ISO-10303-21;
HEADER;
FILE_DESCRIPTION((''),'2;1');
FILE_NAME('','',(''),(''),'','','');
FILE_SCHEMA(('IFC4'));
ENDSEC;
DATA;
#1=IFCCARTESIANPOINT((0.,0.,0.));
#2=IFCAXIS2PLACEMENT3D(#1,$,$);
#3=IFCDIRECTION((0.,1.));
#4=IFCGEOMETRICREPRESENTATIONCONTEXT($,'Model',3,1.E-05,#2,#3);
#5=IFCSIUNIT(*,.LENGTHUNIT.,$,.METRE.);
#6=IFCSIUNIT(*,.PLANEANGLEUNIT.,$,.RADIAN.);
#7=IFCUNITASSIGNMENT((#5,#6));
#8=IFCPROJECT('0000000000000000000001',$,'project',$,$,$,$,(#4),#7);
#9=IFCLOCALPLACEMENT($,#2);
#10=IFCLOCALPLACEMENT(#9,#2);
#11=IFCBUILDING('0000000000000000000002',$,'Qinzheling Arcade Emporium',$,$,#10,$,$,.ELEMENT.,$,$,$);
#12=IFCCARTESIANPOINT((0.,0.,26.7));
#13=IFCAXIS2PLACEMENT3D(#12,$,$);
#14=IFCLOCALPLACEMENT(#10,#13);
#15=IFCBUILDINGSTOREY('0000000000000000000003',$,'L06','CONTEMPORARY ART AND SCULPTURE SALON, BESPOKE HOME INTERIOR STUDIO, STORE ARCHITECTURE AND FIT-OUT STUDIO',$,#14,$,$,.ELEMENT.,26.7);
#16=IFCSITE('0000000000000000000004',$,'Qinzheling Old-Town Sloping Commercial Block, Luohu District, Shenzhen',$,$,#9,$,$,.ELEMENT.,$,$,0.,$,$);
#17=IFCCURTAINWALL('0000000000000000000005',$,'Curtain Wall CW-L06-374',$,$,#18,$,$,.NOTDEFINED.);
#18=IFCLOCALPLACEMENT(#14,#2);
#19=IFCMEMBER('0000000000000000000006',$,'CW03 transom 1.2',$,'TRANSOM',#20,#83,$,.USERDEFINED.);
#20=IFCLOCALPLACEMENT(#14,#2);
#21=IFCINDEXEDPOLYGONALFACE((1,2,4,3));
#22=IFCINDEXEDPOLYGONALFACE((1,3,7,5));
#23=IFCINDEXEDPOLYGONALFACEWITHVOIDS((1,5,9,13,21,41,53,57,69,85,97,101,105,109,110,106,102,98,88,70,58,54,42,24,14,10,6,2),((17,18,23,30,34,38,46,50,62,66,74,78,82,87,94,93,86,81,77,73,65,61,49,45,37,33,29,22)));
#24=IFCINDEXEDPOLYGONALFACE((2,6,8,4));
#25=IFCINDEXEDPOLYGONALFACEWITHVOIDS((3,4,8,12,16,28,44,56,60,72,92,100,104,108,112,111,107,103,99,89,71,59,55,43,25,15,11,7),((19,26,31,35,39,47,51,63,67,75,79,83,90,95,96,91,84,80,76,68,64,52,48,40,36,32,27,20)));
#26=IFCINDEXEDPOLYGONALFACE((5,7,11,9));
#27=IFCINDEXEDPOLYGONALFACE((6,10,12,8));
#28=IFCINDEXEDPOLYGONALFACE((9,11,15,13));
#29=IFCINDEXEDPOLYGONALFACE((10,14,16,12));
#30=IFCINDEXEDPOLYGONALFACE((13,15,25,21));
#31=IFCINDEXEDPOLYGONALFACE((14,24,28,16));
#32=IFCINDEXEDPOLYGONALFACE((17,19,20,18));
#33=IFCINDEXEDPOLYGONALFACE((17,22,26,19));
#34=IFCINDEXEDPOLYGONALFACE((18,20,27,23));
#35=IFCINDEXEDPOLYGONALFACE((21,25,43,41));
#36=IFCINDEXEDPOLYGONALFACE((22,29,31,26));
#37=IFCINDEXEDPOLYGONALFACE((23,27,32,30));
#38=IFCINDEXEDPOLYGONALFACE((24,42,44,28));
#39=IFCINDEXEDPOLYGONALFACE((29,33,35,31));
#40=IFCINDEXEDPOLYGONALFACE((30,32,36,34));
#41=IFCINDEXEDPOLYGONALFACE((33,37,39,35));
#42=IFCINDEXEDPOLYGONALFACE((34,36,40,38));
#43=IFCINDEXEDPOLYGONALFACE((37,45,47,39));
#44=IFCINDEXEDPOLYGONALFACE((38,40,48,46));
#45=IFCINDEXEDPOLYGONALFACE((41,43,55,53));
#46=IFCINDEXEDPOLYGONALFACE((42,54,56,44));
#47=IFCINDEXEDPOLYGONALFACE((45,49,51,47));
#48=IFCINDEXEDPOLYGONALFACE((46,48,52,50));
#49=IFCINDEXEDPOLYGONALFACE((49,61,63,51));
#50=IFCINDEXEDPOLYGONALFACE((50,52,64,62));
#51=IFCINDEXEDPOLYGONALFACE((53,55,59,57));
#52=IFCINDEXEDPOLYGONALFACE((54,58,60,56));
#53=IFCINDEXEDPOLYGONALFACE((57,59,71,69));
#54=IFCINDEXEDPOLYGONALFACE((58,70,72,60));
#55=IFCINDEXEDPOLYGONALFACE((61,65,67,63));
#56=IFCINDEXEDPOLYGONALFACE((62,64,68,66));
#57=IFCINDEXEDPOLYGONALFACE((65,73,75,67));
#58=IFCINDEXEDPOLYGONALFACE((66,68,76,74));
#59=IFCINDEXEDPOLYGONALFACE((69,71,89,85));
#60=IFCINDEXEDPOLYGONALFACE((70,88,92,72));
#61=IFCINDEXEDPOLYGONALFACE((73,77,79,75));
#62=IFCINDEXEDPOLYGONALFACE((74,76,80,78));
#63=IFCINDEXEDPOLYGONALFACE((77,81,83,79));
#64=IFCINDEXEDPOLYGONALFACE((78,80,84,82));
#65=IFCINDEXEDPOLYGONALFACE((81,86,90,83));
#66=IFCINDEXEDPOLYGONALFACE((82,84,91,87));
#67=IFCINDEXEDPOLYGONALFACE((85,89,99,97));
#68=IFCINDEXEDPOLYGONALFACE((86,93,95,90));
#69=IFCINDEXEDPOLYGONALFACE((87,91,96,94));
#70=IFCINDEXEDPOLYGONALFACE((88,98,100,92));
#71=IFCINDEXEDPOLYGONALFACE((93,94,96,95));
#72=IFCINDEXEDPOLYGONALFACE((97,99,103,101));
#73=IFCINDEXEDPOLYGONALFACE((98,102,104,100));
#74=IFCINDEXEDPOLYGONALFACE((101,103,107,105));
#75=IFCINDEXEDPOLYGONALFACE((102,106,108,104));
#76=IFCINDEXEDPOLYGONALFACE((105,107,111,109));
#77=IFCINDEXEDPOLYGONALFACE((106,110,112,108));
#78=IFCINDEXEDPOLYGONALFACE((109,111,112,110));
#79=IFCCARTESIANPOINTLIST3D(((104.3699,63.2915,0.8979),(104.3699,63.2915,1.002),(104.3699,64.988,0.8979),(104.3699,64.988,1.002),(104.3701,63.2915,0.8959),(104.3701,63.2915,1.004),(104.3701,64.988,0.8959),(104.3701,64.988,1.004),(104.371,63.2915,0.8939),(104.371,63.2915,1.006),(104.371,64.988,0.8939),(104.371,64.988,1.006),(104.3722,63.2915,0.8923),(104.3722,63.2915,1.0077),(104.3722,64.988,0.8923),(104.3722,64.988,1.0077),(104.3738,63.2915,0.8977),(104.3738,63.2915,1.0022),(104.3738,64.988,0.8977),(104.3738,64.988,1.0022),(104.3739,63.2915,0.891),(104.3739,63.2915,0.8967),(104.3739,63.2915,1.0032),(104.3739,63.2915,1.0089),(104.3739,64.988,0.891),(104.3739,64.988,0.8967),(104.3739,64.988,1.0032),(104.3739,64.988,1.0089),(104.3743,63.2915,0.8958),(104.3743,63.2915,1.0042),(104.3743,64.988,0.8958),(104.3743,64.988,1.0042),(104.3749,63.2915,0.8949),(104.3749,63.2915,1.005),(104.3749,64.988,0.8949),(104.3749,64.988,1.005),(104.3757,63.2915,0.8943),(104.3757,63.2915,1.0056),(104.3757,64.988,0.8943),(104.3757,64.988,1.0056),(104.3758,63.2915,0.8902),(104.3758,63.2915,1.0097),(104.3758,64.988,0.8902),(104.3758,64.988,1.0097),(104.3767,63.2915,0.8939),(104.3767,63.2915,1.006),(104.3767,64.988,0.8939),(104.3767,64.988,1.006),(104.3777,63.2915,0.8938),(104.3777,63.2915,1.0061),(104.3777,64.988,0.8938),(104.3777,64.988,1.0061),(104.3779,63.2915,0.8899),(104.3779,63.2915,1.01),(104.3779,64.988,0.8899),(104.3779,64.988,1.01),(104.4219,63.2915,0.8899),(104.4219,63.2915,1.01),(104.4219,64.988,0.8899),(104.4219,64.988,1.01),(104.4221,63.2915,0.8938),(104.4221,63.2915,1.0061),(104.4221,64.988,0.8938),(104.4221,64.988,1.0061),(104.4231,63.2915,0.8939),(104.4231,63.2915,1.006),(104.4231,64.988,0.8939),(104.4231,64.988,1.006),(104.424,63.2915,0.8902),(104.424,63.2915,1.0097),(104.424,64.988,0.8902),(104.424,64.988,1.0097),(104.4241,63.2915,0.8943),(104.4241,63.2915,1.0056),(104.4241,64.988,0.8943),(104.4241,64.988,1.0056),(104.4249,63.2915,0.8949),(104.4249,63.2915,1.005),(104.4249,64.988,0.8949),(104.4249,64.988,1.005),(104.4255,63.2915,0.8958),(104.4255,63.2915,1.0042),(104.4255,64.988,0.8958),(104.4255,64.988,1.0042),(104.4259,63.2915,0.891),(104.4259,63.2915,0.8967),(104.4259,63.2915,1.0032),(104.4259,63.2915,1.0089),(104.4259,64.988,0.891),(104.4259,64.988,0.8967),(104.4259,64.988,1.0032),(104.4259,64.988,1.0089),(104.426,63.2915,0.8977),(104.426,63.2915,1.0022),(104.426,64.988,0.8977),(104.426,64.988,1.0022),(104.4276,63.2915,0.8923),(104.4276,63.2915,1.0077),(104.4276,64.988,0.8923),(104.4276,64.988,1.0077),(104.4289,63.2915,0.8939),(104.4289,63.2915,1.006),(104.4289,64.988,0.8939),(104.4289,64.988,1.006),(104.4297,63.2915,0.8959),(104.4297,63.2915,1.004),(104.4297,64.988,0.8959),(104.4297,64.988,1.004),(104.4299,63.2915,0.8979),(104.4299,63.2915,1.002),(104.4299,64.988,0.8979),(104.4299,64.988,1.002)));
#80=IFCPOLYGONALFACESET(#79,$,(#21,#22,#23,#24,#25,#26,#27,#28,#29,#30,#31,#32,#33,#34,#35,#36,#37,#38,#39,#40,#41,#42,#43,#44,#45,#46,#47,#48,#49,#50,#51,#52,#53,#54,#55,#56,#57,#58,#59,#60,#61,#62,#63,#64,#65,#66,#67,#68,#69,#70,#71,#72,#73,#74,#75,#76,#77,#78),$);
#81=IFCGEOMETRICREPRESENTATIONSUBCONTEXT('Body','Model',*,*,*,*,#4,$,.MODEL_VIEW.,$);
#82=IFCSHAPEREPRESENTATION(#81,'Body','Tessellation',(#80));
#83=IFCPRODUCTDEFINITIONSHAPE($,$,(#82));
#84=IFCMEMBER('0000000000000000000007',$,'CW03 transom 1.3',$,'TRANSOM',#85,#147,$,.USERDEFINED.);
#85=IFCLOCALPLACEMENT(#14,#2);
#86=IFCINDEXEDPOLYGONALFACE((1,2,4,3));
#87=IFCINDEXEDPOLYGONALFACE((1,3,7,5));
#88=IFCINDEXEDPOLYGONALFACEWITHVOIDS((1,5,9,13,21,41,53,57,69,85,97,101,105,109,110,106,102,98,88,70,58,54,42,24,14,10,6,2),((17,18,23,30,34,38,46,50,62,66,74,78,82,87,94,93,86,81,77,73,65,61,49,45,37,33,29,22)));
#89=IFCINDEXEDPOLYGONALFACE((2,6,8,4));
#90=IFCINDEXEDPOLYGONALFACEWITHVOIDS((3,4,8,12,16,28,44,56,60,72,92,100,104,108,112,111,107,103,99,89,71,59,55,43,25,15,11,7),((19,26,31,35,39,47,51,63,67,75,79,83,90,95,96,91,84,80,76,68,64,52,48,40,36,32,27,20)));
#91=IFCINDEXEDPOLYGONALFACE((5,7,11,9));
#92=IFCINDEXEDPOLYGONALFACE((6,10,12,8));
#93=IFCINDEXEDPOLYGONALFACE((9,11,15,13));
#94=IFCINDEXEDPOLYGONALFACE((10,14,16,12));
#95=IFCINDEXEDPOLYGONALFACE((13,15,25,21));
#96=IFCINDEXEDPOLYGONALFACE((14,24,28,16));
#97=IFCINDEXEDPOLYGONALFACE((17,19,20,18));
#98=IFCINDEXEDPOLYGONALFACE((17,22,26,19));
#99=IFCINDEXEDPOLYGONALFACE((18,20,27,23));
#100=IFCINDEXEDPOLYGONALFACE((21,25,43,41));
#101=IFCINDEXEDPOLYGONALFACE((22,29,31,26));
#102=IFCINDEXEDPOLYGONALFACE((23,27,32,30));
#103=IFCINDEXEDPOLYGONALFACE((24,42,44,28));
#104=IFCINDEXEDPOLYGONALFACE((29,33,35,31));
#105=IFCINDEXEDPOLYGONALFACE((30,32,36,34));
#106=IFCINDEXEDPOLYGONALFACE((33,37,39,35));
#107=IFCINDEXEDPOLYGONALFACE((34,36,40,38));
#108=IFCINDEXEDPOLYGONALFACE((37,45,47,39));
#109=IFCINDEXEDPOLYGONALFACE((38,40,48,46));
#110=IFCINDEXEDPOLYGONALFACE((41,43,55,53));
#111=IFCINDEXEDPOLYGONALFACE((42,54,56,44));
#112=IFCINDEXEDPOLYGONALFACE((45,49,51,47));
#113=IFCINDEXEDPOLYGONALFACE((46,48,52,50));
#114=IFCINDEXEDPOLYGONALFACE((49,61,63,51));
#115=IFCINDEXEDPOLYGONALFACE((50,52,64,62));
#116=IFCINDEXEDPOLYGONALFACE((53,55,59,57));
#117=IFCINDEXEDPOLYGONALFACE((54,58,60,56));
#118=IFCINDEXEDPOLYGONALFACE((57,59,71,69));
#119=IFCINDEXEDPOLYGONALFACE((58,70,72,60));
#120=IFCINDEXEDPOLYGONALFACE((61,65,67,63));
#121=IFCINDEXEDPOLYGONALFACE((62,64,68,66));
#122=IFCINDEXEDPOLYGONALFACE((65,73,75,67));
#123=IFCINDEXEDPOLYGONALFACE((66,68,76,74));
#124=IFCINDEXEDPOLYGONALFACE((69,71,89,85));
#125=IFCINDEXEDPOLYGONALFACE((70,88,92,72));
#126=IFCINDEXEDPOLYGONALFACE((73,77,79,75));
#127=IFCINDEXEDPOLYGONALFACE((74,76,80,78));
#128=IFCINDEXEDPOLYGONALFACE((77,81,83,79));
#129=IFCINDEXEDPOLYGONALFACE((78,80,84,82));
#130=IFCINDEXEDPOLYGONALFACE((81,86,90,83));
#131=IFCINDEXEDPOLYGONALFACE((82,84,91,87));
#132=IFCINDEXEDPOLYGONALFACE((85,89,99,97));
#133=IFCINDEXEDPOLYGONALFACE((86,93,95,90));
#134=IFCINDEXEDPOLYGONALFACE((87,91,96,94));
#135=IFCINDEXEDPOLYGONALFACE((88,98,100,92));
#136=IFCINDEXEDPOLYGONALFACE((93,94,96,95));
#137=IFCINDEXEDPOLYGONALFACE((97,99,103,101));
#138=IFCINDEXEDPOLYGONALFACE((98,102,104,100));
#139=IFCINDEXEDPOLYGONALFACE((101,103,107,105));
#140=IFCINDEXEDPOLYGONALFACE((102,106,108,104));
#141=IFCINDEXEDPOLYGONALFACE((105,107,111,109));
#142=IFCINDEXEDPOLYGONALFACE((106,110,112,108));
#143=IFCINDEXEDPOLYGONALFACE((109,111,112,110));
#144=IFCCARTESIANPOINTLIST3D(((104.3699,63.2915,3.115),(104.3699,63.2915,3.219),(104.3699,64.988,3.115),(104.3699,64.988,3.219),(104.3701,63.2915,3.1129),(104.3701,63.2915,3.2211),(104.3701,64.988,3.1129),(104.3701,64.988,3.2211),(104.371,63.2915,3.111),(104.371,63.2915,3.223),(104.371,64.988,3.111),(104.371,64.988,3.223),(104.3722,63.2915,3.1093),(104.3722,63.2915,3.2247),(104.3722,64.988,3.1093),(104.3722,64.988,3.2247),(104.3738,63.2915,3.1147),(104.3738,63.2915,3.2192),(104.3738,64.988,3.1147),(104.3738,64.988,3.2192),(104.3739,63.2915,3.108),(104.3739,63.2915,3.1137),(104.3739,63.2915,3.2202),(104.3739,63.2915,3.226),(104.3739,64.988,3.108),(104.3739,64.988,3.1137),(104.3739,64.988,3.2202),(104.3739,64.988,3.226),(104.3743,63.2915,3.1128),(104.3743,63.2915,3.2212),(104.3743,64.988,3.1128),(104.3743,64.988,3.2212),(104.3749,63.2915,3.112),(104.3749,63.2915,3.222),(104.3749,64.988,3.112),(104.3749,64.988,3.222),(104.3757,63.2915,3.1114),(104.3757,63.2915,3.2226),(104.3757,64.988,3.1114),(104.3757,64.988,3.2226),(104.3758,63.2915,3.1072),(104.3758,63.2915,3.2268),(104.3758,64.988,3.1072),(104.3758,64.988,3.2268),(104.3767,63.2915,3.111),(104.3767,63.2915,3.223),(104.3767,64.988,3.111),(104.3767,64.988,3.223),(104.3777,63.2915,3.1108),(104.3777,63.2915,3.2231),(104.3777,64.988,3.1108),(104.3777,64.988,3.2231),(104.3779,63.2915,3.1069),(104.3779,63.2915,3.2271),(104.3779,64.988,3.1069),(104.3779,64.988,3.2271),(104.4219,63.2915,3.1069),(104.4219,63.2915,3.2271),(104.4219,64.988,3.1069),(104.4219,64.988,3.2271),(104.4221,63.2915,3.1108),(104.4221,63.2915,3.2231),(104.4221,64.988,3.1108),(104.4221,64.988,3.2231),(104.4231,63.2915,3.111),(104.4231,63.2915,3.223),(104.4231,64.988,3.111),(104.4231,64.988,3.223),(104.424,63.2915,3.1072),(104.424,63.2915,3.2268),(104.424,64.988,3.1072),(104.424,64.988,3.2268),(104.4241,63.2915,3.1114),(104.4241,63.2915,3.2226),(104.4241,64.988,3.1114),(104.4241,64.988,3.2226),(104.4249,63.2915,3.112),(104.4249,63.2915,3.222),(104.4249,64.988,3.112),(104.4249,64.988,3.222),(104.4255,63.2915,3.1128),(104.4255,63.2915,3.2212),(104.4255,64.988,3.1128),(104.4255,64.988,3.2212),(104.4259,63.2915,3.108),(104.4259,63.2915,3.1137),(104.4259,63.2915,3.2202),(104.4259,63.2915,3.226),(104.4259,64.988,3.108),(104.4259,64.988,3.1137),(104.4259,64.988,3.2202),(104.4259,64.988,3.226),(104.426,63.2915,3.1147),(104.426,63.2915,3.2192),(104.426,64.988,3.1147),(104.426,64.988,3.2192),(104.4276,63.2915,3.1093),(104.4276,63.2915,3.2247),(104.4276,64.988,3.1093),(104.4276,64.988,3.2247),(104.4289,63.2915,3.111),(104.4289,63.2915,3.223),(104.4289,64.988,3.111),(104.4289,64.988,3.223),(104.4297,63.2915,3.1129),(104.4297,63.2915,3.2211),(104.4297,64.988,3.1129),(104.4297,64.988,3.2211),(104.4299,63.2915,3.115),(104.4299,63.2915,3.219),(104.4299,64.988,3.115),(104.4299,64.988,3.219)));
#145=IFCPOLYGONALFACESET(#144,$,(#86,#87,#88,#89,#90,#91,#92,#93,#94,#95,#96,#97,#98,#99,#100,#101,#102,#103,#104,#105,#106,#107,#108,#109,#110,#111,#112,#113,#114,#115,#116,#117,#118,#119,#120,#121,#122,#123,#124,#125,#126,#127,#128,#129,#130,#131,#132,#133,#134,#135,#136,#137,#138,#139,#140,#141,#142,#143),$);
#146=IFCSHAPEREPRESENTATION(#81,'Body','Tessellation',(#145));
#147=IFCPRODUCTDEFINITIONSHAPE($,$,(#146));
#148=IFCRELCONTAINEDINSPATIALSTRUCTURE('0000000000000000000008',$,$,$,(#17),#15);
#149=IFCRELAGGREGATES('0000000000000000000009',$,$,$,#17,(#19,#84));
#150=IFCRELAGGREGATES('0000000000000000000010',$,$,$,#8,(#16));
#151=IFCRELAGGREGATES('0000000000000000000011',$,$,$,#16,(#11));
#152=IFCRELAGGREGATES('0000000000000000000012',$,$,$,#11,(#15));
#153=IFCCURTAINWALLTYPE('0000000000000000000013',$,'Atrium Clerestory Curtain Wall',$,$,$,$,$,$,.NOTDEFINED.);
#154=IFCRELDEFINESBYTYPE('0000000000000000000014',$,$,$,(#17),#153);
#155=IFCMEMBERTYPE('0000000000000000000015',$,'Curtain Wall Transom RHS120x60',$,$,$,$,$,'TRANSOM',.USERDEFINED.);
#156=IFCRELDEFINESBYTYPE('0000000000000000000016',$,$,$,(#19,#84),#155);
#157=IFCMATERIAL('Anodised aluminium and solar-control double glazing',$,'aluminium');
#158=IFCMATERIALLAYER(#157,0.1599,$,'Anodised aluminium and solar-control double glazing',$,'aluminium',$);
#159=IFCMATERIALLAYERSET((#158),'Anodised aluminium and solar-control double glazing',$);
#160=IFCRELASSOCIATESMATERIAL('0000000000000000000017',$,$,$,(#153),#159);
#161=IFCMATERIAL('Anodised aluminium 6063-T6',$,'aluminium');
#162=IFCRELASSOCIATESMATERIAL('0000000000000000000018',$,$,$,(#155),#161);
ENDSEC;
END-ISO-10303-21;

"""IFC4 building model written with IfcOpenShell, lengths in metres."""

from ifc_helpers import new_model, si_unit, direction, frame, origin, origin_2d, place, context, subcontext, project, spatial, hollow_rectangle, extrude, material, layer, layer_set, material_profile, profile_set, type_object, element, aggregate, save


model = new_model("IFC4")

# Units and contexts
model_context = context("Model", 3, precision=1e-05, world=origin(), true_north=direction((0.0, 1.0)))
body_context = subcontext(model_context, "Body", "Model", "MODEL_VIEW")
ifc_project = project(units=[si_unit("LENGTHUNIT", "METRE"), si_unit("PLANEANGLEUNIT", "RADIAN")], contexts=[model_context])

# Site, building, storey
site_placement = place(None, origin())
site = spatial("IfcSite", under=ifc_project, at=site_placement, Name="Qinzheling Old-Town Sloping Commercial Block, Luohu District, Shenzhen", CompositionType="ELEMENT", RefElevation=0.0)
building_placement = place(site_placement, origin())
building = spatial("IfcBuilding", under=site, at=building_placement, Name="Qinzheling Arcade Emporium", CompositionType="ELEMENT")
storey_placement = place(building_placement, frame((0.0, 0.0, 26.7)))
storey = spatial("IfcBuildingStorey", under=building, at=storey_placement, Name="L06", Description="CONTEMPORARY ART AND SCULPTURE SALON, BESPOKE HOME INTERIOR STUDIO, STORE ARCHITECTURE AND FIT-OUT STUDIO", CompositionType="ELEMENT", Elevation=26.7)

# Shared definitions
ifc_material_1 = material(Name="Anodised aluminium and solar-control double glazing", Category="aluminium")
ifc_layer_1 = layer(ifc_material_1, 0.1599, Name="Anodised aluminium and solar-control double glazing", Category="aluminium")
ifc_layer_set_1 = layer_set([ifc_layer_1], Name="Anodised aluminium and solar-control double glazing")
curtain_wall_type = type_object("IfcCurtainWallType", Name="Atrium Clerestory Curtain Wall", PredefinedType="NOTDEFINED", material=ifc_layer_set_1)
ifc_material_2 = material(Name="Anodised aluminium 6063-T6", Category="aluminium")

# Curtain wall
curtain_wall_1_placement = place(storey_placement, origin())
curtain_wall_1 = element("IfcCurtainWall", 1, at=curtain_wall_1_placement, inside=storey, type_object=curtain_wall_type, Name="Curtain Wall CW-L06-374", PredefinedType="NOTDEFINED")

# Members
ifc_material_profile_1 = material_profile(ifc_material_2, hollow_rectangle(XDim=0.0601, YDim=0.1201, WallThickness=0.0039, InnerFilletRadius=0.0039, OuterFilletRadius=0.0081, at=origin_2d()), Name="RHS 120x60x4", Category="aluminium")
ifc_profile_set_1 = profile_set([ifc_material_profile_1], Name="Anodised aluminium 6063-T6")
member_type_1 = type_object("IfcMemberType", Name="Curtain Wall Transom RHS120x60", ElementType="TRANSOM", PredefinedType="USERDEFINED", material=ifc_profile_set_1)
member_1_placement = place(storey_placement, frame((104.3999, 64.988, 0.95), z_axis=(0.0, -1.0, 0.0), x_axis=(1.0, 0.0, 0.0)))
member_1 = element("IfcMember", 2, at=member_1_placement, type_object=member_type_1, Name="CW03 transom 1.2", ObjectType="TRANSOM", PredefinedType="USERDEFINED", context=body_context, shape_type="SweptSolid", body=[
    extrude(hollow_rectangle(XDim=0.0601, YDim=0.1201, WallThickness=0.0039, InnerFilletRadius=0.0039, OuterFilletRadius=0.0081, at=origin_2d()), origin(), (0.0, 0.0, 1.0), 1.6965),
])
member_2_placement = place(storey_placement, frame((104.3999, 64.988, 3.167), z_axis=(0.0, -1.0, 0.0), x_axis=(1.0, 0.0, 0.0)))
member_2 = element("IfcMember", 3, at=member_2_placement, type_object=member_type_1, Name="CW03 transom 1.3", ObjectType="TRANSOM", PredefinedType="USERDEFINED", context=body_context, shape_type="SweptSolid", body=[
    extrude(hollow_rectangle(XDim=0.0601, YDim=0.1201, WallThickness=0.0039, InnerFilletRadius=0.0039, OuterFilletRadius=0.0081, at=origin_2d()), origin(), (0.0, 0.0, 1.0), 1.6965),
])

aggregate(curtain_wall_1, [member_1, member_2])

save(model, "model.ifc")
